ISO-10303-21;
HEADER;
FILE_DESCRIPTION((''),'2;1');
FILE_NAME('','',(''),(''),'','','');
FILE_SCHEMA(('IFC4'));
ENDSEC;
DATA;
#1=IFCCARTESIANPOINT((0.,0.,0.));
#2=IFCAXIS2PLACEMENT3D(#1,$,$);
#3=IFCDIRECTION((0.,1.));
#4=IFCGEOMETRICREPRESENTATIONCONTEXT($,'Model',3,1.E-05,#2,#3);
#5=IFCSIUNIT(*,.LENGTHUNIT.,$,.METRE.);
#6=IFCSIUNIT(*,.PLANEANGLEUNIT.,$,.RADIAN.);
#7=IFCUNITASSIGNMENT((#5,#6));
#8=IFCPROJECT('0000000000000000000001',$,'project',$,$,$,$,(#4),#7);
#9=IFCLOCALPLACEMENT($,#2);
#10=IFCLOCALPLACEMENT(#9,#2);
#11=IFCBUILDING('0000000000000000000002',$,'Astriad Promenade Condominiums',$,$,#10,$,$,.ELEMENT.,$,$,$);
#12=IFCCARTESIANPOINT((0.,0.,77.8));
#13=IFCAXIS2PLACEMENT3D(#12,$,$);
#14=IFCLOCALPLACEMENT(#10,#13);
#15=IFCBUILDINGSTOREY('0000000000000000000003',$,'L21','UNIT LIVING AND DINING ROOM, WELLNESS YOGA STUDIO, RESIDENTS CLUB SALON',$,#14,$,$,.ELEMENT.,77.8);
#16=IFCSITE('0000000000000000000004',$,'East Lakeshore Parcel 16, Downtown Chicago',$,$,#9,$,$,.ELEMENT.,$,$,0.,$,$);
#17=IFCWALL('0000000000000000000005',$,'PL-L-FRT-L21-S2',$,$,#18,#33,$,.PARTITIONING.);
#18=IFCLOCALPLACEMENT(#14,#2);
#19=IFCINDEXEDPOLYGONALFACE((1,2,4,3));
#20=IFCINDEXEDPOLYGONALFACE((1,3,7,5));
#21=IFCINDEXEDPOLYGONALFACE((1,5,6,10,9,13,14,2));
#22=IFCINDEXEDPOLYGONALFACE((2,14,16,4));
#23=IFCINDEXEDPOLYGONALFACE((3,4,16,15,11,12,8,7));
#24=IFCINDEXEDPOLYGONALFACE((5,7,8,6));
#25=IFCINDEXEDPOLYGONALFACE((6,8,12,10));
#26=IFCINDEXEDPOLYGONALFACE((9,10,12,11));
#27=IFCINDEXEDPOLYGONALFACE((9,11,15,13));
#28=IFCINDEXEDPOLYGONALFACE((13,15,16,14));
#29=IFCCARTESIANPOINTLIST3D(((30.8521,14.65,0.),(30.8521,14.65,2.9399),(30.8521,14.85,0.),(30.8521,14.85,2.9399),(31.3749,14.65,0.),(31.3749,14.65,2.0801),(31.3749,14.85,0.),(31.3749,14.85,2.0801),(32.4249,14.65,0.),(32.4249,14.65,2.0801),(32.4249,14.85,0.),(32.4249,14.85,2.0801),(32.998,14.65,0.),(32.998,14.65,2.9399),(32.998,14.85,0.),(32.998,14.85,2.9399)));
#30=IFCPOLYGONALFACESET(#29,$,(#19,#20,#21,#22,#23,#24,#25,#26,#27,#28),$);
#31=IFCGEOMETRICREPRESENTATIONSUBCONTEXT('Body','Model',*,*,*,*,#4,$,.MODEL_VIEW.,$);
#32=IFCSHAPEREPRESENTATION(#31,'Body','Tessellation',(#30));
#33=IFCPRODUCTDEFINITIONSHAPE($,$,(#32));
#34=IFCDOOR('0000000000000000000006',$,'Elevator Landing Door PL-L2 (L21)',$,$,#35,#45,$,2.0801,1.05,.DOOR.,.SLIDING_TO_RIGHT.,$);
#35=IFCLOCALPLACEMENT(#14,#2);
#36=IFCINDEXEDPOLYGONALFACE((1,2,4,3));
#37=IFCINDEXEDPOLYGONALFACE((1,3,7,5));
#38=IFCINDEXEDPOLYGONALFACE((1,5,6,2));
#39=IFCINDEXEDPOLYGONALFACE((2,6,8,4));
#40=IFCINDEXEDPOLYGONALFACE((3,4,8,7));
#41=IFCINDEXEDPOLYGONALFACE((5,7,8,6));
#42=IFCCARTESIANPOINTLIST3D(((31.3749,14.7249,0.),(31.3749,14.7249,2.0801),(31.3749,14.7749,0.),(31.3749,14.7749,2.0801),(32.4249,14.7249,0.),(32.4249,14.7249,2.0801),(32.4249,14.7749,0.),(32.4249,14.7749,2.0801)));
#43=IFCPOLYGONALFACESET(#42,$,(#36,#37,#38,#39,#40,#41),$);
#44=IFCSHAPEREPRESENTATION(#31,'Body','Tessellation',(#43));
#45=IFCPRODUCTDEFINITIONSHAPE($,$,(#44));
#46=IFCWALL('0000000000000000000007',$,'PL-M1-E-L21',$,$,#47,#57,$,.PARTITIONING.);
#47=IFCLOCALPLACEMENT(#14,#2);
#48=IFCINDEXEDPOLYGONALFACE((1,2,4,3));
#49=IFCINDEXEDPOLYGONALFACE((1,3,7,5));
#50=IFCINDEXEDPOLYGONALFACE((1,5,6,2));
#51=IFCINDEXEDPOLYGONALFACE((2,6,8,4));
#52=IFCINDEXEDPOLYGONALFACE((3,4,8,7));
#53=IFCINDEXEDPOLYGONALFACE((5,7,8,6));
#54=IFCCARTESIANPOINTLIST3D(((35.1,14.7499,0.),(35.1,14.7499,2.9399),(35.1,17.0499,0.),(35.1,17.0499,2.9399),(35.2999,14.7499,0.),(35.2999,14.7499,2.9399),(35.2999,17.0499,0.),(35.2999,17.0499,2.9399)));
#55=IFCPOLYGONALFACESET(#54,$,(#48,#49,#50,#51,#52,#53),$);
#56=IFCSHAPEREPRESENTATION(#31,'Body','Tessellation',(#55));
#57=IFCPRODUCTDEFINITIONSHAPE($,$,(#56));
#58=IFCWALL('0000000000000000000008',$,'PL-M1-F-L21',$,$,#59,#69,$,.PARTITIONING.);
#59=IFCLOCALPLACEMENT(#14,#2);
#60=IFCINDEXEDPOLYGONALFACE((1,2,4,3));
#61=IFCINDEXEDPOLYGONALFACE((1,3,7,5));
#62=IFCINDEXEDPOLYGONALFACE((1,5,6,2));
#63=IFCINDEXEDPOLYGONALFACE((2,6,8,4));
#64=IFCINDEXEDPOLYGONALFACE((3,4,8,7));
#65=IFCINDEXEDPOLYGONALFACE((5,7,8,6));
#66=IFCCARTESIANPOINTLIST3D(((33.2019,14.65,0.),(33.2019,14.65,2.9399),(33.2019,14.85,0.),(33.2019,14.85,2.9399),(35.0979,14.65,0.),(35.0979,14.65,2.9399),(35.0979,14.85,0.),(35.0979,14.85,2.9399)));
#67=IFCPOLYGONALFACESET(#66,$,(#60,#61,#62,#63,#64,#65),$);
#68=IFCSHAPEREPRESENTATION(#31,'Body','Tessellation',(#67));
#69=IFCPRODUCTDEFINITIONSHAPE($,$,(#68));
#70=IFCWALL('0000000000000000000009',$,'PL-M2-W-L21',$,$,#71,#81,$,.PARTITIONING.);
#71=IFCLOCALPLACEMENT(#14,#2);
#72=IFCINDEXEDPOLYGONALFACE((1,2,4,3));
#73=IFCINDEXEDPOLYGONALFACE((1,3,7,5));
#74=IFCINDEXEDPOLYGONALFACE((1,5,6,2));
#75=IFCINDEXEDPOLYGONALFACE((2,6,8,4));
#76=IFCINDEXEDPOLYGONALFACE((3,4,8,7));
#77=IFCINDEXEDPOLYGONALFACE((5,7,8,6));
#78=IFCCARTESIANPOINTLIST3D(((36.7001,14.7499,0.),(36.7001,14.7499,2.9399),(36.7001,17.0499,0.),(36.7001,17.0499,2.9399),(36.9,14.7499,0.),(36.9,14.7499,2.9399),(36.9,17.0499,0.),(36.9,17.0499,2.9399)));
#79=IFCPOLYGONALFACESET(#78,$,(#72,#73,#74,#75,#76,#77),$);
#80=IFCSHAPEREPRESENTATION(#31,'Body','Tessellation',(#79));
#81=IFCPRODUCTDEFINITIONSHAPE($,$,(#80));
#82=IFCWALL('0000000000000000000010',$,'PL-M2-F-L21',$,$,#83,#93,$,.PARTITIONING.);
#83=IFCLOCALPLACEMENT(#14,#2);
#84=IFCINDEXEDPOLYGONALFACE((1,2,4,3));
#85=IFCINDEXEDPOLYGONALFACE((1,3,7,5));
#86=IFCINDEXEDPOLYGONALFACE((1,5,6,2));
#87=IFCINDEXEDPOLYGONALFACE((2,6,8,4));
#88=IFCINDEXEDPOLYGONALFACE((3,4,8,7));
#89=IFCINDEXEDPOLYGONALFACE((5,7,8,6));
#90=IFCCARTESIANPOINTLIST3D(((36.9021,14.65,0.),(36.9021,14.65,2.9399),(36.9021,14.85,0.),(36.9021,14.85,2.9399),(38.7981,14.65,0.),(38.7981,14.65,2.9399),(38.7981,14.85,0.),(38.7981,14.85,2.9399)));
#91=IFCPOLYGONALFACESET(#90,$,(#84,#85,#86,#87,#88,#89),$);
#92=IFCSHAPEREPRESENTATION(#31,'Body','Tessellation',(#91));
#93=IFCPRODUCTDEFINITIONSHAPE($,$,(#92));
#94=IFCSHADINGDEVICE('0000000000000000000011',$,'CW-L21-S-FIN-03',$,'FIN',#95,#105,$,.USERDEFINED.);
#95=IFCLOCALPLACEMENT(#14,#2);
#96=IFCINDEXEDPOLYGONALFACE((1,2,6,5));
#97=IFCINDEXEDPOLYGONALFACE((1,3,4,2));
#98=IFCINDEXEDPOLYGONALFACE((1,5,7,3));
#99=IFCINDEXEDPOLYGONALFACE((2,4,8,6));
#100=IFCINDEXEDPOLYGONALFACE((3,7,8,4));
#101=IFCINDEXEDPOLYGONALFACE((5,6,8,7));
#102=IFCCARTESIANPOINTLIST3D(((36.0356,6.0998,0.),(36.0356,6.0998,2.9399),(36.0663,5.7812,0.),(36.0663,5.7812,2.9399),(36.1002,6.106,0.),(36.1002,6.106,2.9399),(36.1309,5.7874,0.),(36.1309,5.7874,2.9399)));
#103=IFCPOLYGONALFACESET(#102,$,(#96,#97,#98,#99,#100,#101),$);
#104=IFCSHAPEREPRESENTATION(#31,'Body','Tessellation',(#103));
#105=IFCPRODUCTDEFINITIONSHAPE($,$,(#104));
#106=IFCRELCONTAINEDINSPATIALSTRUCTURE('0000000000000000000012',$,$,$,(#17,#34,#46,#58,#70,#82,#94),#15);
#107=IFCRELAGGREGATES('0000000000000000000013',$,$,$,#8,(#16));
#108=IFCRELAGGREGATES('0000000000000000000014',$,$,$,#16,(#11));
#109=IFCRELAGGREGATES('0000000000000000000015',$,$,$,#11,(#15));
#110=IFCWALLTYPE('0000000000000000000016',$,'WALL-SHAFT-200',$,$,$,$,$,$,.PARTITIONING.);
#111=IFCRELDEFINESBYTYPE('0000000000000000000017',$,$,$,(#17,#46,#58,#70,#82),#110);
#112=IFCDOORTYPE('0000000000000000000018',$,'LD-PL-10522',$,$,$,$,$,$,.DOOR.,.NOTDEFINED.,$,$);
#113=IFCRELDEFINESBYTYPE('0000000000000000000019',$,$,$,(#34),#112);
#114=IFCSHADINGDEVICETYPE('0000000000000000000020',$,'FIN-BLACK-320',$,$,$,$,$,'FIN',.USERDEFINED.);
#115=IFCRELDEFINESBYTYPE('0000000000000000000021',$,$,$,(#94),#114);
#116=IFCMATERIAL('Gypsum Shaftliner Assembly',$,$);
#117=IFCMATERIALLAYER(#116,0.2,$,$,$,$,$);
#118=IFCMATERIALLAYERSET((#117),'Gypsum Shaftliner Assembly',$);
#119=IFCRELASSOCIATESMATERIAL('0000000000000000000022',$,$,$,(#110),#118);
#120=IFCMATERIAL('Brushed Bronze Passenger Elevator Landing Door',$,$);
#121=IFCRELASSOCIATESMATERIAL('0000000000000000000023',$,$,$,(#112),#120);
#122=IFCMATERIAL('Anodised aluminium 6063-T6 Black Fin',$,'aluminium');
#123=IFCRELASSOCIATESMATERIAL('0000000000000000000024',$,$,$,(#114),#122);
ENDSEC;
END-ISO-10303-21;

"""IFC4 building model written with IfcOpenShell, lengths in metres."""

from ifc_helpers import new_model, si_unit, direction, frame, frame_2d, origin, origin_2d, place, context, subcontext, project, spatial, rectangle, extrude, source, transform, mapped, material, layer, layer_set, type_object, type_shapes, element, fill, save


model = new_model("IFC4")

# Units and contexts
model_context = context("Model", 3, precision=1e-05, world=origin(), true_north=direction((0.0, 1.0)))
body_context = subcontext(model_context, "Body", "Model", "MODEL_VIEW")
ifc_project = project(units=[si_unit("LENGTHUNIT", "METRE"), si_unit("PLANEANGLEUNIT", "RADIAN")], contexts=[model_context])

# Site, building, storey
site_placement = place(None, origin())
site = spatial("IfcSite", under=ifc_project, at=site_placement, Name="East Lakeshore Parcel 16, Downtown Chicago", CompositionType="ELEMENT", RefElevation=0.0)
building_placement = place(site_placement, origin())
building = spatial("IfcBuilding", under=site, at=building_placement, Name="Astriad Promenade Condominiums", CompositionType="ELEMENT")
storey_placement = place(building_placement, frame((0.0, 0.0, 77.8)))
storey = spatial("IfcBuildingStorey", under=building, at=storey_placement, Name="L21", Description="UNIT LIVING AND DINING ROOM, WELLNESS YOGA STUDIO, RESIDENTS CLUB SALON", CompositionType="ELEMENT", Elevation=77.8)

# Shared definitions
ifc_material_1 = material(Name="Gypsum Shaftliner Assembly")
ifc_layer_1 = layer(ifc_material_1, 0.2)
ifc_layer_set_1 = layer_set([ifc_layer_1], Name="Gypsum Shaftliner Assembly")
wall_type_1 = type_object("IfcWallType", Name="WALL-SHAFT-200", PredefinedType="PARTITIONING", material=ifc_layer_set_1)

# Wall, opening, door
wall_1_placement = place(storey_placement, frame((30.8521, 14.75, 0.0), z_axis=(0.0, 0.0, 1.0), x_axis=(1.0, 0.0, 0.0)))
wall_1 = element("IfcWall", 1, at=wall_1_placement, inside=storey, type_object=wall_type_1, Name="PL-L-FRT-L21-S2", PredefinedType="PARTITIONING", context=body_context, shape_type="SweptSolid", body=[
    extrude(rectangle(XDim=2.146, YDim=0.2, at=frame_2d((1.073, 0.0))), origin(), (0.0, 0.0, 1.0), 2.9399),
])
opening_1_placement = place(wall_1_placement, frame((0.5229, 0.0, 0.0)))
opening_1 = element("IfcOpeningElement", 2, at=opening_1_placement, cuts=wall_1, PredefinedType="OPENING", context=body_context, shape_type="SweptSolid", body=[
    extrude(rectangle(XDim=1.05, YDim=2.0801, at=frame_2d((0.5249, 1.04))), frame((0.0, 0.1099, 0.0), z_axis=(0.0, -1.0, 0.0), x_axis=(1.0, 0.0, 0.0)), (0.0, 0.0, 1.0), 0.22),
])
ifc_material_2 = material(Name="Brushed Bronze Passenger Elevator Landing Door")
door_type_1 = type_object("IfcDoorType", Name="LD-PL-10522", OperationType="NOTDEFINED", PredefinedType="DOOR", material=ifc_material_2)
shared_shape_1 = source(origin(), body_context, "Body", "SweptSolid", [
    extrude(rectangle(XDim=1.05, YDim=2.0801, at=frame_2d((0.5249, 1.04))), frame((0.0, 0.0249, 0.0), z_axis=(0.0, -1.0, 0.0), x_axis=(1.0, 0.0, 0.0)), (0.0, 0.0, 1.0), 0.05),
])
type_shapes(door_type_1, [shared_shape_1])
door_1_placement = place(opening_1_placement, origin())
door_1 = element("IfcDoor", 3, at=door_1_placement, inside=storey, type_object=door_type_1, Name="Elevator Landing Door PL-L2 (L21)", OperationType="SLIDING_TO_RIGHT", OverallHeight=2.0801, OverallWidth=1.05, PredefinedType="DOOR", context=body_context, shape_type="MappedRepresentation", body=[
    mapped(shared_shape_1, transform((0.0, 0.0, 0.0), scale=1.0)),
])
fill(opening_1, door_1)

# Walls
wall_2_placement = place(storey_placement, frame((35.2, 14.75, 0.0), z_axis=(0.0, 0.0, 1.0), x_axis=(0.0, 1.0, 0.0)))
element("IfcWall", 4, at=wall_2_placement, inside=storey, type_object=wall_type_1, Name="PL-M1-E-L21", PredefinedType="PARTITIONING", context=body_context, shape_type="SweptSolid", body=[
    extrude(rectangle(XDim=2.3, YDim=0.2, at=frame_2d((1.1499, 0.0))), origin(), (0.0, 0.0, 1.0), 2.9399),
])
wall_3_placement = place(storey_placement, frame((33.2019, 14.75, 0.0), z_axis=(0.0, 0.0, 1.0), x_axis=(1.0, 0.0, 0.0)))
element("IfcWall", 5, at=wall_3_placement, inside=storey, type_object=wall_type_1, Name="PL-M1-F-L21", PredefinedType="PARTITIONING", context=body_context, shape_type="SweptSolid", body=[
    extrude(rectangle(XDim=1.896, YDim=0.2, at=frame_2d((0.948, 0.0))), origin(), (0.0, 0.0, 1.0), 2.9399),
])
wall_4_placement = place(storey_placement, frame((36.8, 14.75, 0.0), z_axis=(0.0, 0.0, 1.0), x_axis=(0.0, 1.0, 0.0)))
element("IfcWall", 6, at=wall_4_placement, inside=storey, type_object=wall_type_1, Name="PL-M2-W-L21", PredefinedType="PARTITIONING", context=body_context, shape_type="SweptSolid", body=[
    extrude(rectangle(XDim=2.3, YDim=0.2, at=frame_2d((1.1499, 0.0))), origin(), (0.0, 0.0, 1.0), 2.9399),
])
wall_5_placement = place(storey_placement, frame((36.9021, 14.75, 0.0), z_axis=(0.0, 0.0, 1.0), x_axis=(1.0, 0.0, 0.0)))
element("IfcWall", 7, at=wall_5_placement, inside=storey, type_object=wall_type_1, Name="PL-M2-F-L21", PredefinedType="PARTITIONING", context=body_context, shape_type="SweptSolid", body=[
    extrude(rectangle(XDim=1.896, YDim=0.2, at=frame_2d((0.948, 0.0))), origin(), (0.0, 0.0, 1.0), 2.9399),
])

# Shading device
ifc_material_3 = material(Name="Anodised aluminium 6063-T6 Black Fin", Category="aluminium")
shading_device_type = type_object("IfcShadingDeviceType", Name="FIN-BLACK-320", ElementType="FIN", PredefinedType="USERDEFINED", material=ifc_material_3)
shared_shape_2 = source(origin(), body_context, "Body", "SweptSolid", [
    extrude(rectangle(XDim=0.0649, YDim=0.3201, at=origin_2d()), origin(), (0.0, 0.0, 1.0), 2.9399),
])
type_shapes(shading_device_type, [shared_shape_2])
shading_device_placement = place(storey_placement, frame((36.0833, 5.9436, 0.0), z_axis=(0.0, 0.0, 1.0), x_axis=(-0.995396, -0.095846, 0.0)))
element("IfcShadingDevice", 8, at=shading_device_placement, inside=storey, type_object=shading_device_type, Name="CW-L21-S-FIN-03", ObjectType="FIN", PredefinedType="USERDEFINED", context=body_context, shape_type="MappedRepresentation", body=[
    mapped(shared_shape_2, transform((0.0, 0.0, 0.0), scale=1.0)),
])

save(model, "model.ifc")
